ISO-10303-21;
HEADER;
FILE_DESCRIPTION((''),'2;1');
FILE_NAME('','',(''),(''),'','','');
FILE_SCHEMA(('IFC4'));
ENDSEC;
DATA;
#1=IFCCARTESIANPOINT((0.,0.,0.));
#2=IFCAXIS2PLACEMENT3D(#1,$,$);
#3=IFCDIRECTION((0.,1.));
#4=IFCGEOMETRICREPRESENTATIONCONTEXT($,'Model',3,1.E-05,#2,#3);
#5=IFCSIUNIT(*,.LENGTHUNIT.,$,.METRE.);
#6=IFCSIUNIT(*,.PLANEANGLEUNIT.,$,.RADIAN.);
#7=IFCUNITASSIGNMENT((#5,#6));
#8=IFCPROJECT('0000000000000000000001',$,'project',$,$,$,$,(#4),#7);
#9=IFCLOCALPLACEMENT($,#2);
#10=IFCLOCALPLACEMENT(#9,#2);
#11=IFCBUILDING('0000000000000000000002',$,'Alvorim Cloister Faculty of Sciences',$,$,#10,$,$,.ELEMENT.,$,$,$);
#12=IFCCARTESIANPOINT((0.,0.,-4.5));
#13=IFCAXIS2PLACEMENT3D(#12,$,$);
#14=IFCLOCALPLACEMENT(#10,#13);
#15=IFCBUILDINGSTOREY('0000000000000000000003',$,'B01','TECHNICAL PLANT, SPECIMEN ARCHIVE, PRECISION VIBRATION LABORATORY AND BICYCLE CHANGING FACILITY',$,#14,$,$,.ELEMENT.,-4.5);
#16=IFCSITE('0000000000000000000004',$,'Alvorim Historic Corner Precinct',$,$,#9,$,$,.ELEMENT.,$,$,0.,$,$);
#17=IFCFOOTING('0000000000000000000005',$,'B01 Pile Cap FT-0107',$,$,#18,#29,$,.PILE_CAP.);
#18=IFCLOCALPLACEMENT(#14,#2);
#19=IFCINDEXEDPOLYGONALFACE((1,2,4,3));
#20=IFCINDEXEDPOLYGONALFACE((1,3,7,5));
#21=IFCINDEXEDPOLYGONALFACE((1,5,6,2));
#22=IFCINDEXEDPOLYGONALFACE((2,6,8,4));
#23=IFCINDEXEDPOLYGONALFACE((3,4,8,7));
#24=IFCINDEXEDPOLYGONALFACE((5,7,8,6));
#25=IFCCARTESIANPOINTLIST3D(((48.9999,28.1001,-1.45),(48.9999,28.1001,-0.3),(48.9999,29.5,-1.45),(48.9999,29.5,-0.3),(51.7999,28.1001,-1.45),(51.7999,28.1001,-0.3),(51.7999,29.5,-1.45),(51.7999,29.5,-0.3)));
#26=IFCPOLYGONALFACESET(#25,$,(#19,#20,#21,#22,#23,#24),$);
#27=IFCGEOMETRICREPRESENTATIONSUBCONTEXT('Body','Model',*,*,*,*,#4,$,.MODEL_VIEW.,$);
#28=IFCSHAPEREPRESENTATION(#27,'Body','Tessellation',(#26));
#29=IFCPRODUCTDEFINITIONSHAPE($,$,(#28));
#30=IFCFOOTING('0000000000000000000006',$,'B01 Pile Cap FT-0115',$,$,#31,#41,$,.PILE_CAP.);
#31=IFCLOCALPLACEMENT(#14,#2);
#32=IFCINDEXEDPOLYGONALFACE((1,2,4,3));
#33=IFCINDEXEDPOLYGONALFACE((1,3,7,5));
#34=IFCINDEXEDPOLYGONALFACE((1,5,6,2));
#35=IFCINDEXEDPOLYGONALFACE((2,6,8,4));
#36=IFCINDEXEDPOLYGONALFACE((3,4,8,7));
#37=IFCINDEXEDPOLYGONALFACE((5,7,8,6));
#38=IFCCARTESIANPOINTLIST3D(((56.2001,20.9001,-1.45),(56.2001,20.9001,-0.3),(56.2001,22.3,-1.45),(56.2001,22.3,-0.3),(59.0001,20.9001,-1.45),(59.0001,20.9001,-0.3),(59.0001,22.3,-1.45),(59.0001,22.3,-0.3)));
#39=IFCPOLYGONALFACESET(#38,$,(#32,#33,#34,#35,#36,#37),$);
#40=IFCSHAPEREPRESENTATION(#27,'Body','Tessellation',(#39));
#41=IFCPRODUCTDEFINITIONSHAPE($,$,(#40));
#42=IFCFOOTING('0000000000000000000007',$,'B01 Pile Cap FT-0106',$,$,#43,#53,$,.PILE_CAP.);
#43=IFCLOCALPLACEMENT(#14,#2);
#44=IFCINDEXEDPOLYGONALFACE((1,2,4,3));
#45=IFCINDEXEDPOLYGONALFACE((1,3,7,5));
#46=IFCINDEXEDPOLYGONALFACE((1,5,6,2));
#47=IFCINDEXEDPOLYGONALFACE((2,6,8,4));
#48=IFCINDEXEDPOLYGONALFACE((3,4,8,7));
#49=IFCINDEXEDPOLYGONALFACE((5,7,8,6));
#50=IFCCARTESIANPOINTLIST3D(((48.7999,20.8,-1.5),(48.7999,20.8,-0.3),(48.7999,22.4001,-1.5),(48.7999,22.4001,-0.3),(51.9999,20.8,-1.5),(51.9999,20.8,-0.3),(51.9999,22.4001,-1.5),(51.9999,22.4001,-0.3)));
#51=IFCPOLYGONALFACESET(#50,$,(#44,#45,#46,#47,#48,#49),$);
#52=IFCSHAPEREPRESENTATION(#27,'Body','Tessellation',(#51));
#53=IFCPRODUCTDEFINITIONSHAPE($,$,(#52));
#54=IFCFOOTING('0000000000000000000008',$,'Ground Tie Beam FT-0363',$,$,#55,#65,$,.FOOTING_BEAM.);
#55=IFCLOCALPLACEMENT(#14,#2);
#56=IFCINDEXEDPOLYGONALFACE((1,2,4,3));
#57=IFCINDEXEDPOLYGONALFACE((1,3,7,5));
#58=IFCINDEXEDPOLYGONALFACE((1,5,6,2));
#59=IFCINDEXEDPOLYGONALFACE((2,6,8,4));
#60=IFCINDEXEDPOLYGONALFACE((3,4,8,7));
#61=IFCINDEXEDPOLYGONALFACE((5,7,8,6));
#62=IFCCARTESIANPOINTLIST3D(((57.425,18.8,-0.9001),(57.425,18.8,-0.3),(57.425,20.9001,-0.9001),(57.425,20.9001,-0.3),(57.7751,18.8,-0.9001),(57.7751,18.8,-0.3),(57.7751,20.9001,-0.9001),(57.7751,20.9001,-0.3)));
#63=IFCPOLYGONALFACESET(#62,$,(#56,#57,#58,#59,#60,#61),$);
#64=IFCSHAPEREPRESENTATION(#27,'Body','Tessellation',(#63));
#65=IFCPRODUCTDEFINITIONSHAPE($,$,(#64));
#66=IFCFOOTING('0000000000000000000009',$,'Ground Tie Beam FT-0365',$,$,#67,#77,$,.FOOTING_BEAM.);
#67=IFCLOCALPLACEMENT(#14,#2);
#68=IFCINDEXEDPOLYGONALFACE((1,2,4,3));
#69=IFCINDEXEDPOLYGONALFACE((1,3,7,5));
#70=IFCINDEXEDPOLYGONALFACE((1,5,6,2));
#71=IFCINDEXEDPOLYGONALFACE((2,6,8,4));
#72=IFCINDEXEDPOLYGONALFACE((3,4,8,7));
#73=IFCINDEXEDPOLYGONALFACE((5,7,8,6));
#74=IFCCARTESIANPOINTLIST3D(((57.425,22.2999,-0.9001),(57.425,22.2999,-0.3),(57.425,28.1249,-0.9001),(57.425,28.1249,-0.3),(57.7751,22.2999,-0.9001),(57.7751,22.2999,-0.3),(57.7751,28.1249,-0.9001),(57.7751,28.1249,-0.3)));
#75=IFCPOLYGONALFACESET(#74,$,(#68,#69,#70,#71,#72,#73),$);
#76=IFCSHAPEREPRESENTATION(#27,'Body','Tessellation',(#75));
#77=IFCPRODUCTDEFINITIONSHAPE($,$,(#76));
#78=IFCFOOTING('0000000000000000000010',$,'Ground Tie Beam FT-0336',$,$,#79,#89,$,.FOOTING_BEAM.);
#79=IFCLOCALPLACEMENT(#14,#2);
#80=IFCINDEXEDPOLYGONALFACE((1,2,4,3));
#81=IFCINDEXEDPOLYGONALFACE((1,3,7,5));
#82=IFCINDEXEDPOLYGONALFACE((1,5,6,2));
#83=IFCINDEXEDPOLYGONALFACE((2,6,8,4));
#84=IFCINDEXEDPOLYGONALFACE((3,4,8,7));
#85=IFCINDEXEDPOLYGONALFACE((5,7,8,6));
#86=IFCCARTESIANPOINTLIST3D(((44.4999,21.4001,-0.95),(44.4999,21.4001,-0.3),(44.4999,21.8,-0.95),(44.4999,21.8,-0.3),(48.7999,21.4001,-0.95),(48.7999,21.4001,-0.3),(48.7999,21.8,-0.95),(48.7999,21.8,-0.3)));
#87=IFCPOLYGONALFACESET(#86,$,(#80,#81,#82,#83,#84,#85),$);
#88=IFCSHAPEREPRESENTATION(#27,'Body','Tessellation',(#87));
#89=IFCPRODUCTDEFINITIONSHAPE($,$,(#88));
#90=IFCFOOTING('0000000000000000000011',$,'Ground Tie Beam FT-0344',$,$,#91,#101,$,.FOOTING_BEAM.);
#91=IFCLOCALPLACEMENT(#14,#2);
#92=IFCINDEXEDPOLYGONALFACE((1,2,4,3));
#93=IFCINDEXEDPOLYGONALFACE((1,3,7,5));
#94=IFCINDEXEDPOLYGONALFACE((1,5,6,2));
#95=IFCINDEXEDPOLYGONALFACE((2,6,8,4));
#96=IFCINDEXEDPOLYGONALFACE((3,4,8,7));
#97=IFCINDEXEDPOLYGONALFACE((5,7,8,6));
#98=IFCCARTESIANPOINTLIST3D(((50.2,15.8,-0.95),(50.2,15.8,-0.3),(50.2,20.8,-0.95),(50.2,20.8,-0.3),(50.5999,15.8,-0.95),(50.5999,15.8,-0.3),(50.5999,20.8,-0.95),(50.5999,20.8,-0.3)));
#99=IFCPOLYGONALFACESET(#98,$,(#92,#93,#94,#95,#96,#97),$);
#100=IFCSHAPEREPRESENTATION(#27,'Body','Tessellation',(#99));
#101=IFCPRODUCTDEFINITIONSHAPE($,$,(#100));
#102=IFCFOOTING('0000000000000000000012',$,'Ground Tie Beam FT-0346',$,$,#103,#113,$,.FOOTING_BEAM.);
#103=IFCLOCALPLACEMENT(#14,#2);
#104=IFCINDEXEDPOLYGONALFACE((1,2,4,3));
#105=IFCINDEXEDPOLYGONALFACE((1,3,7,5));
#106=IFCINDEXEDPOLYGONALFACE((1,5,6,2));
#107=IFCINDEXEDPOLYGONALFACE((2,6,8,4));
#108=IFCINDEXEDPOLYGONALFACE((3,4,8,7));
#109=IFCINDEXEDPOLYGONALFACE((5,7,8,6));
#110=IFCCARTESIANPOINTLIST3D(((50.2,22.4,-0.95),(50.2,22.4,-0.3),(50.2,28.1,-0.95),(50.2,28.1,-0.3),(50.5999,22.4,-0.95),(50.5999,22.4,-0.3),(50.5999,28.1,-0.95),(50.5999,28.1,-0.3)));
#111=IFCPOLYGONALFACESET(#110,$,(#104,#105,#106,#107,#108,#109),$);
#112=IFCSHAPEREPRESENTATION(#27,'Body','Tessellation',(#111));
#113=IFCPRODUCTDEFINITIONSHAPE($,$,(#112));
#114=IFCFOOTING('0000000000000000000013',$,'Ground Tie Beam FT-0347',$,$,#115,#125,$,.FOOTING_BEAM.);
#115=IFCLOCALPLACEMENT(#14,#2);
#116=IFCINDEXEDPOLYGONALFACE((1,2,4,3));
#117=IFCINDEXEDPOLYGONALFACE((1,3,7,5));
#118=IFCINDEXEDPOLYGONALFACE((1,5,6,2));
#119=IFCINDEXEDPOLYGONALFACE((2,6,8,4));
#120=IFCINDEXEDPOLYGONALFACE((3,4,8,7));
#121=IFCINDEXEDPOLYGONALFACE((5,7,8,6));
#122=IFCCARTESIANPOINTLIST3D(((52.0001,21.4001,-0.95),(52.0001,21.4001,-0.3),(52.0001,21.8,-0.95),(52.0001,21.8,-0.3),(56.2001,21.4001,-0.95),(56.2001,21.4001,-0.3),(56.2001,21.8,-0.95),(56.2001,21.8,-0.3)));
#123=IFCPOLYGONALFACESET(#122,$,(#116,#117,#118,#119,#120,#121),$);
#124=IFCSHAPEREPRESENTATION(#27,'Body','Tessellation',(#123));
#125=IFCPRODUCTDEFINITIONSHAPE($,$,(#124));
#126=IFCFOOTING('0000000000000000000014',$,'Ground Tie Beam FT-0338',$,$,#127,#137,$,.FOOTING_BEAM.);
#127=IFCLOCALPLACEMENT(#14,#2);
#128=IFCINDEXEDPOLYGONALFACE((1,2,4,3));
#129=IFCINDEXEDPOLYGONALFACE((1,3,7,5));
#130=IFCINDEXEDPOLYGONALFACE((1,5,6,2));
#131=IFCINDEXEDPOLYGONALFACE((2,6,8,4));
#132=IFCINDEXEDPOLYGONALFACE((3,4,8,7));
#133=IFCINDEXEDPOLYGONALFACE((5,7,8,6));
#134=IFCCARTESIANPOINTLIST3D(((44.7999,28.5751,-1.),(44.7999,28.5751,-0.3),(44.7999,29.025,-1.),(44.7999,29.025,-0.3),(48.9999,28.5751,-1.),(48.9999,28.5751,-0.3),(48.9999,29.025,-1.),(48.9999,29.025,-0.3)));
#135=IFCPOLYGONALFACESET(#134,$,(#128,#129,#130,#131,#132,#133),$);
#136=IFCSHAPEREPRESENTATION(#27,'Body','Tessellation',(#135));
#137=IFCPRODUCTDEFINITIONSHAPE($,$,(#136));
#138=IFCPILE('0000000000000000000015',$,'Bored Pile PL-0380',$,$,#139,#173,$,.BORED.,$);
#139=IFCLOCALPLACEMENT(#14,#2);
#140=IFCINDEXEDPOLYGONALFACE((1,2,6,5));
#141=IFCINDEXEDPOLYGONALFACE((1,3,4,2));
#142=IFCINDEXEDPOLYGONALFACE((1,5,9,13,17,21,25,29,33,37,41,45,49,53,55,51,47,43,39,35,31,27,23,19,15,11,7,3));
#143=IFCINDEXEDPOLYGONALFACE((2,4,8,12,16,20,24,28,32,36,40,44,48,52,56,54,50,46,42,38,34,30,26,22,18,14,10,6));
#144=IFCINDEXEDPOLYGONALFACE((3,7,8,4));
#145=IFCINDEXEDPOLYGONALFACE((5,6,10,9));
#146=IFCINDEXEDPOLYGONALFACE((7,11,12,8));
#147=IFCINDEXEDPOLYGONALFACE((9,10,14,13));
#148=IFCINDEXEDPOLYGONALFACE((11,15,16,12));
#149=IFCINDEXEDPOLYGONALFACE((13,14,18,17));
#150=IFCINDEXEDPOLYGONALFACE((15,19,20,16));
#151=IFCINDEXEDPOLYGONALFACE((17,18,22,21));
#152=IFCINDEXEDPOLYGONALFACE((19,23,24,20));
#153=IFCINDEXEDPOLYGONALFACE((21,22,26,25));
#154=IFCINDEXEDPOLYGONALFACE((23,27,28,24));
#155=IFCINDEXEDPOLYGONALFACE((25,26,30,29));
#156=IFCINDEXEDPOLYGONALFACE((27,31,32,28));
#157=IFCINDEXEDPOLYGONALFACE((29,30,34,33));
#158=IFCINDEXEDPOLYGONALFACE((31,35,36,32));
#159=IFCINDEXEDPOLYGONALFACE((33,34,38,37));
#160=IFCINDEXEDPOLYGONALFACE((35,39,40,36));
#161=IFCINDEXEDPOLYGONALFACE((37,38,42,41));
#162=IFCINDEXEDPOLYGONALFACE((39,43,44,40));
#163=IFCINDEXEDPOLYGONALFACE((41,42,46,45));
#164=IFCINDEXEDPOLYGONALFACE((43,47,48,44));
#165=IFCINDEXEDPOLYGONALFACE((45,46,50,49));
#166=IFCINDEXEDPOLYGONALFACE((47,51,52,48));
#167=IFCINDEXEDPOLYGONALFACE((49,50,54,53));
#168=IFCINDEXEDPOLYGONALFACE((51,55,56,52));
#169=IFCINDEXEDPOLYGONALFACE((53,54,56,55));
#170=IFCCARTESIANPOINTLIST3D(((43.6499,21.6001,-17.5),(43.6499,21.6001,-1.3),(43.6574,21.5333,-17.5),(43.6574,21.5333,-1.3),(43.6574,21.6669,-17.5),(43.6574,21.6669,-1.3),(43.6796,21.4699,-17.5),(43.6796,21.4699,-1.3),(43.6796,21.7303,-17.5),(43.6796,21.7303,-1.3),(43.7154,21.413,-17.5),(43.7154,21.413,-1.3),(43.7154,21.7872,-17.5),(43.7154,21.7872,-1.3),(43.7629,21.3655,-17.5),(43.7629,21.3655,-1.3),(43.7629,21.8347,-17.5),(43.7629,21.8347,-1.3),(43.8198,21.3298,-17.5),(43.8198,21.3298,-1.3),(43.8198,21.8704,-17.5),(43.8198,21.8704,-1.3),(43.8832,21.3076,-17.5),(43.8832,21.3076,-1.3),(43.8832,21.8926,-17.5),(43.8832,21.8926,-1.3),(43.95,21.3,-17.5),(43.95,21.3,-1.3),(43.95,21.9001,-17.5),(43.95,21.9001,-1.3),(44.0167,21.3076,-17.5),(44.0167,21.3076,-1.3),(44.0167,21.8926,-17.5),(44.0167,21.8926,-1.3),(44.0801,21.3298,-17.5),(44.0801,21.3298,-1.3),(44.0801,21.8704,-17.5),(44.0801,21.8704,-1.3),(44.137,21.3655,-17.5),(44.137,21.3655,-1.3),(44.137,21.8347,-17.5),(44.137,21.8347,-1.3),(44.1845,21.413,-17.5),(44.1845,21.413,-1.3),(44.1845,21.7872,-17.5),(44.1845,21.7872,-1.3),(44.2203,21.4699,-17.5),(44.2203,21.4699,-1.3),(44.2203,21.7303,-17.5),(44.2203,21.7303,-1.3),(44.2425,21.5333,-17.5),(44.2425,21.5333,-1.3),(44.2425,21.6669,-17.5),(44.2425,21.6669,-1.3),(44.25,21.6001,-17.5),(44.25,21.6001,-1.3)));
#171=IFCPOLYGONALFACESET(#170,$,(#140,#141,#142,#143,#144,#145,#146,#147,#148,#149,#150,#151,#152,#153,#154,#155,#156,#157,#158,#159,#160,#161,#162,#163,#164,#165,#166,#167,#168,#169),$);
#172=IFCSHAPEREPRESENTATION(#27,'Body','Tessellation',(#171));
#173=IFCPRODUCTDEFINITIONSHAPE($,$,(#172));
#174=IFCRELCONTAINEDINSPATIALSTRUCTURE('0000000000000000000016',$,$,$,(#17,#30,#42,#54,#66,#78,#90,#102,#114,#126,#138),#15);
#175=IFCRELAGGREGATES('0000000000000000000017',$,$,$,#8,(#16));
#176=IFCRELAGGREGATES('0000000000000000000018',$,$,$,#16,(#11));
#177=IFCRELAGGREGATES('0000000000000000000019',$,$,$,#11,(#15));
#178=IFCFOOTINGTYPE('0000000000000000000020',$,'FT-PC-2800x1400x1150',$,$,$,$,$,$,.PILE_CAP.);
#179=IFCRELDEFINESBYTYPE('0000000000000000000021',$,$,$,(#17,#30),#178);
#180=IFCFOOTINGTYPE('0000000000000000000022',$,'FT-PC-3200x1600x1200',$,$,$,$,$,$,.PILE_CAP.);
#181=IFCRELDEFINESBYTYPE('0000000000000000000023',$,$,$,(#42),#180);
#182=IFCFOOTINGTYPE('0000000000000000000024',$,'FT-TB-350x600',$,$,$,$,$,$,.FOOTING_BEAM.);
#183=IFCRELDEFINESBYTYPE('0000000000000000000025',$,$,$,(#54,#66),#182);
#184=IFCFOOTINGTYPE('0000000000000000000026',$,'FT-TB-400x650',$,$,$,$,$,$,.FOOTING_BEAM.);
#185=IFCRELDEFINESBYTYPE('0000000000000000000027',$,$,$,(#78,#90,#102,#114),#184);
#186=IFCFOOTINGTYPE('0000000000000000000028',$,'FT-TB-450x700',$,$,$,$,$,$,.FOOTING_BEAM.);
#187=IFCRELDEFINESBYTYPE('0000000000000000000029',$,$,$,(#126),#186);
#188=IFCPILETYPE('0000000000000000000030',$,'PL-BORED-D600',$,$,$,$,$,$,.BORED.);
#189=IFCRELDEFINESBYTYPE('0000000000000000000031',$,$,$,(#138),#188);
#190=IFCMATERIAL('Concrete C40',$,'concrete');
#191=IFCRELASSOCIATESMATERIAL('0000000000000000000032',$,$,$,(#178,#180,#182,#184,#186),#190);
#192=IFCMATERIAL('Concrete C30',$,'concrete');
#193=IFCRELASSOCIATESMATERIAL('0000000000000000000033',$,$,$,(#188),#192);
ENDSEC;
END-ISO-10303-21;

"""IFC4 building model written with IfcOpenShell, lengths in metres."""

from ifc_helpers import new_model, si_unit, direction, frame, origin, origin_2d, place, context, subcontext, project, spatial, rectangle, circle, extrude, material, material_profile, profile_set, type_object, element, save


model = new_model("IFC4")

# Units and contexts
model_context = context("Model", 3, precision=1e-05, world=origin(), true_north=direction((0.0, 1.0)))
body_context = subcontext(model_context, "Body", "Model", "MODEL_VIEW")
ifc_project = project(units=[si_unit("LENGTHUNIT", "METRE"), si_unit("PLANEANGLEUNIT", "RADIAN")], contexts=[model_context])

# Site, building, storey
site_placement = place(None, origin())
site = spatial("IfcSite", under=ifc_project, at=site_placement, Name="Alvorim Historic Corner Precinct", CompositionType="ELEMENT", RefElevation=0.0)
building_placement = place(site_placement, origin())
building = spatial("IfcBuilding", under=site, at=building_placement, Name="Alvorim Cloister Faculty of Sciences", CompositionType="ELEMENT")
storey_placement = place(building_placement, frame((0.0, 0.0, -4.5)))
storey = spatial("IfcBuildingStorey", under=building, at=storey_placement, Name="B01", Description="TECHNICAL PLANT, SPECIMEN ARCHIVE, PRECISION VIBRATION LABORATORY AND BICYCLE CHANGING FACILITY", CompositionType="ELEMENT", Elevation=-4.5)

# Footings
ifc_material_1 = material(Name="Concrete C40", Category="concrete")
footing_type_1 = type_object("IfcFootingType", Name="FT-PC-2800x1400x1150", PredefinedType="PILE_CAP", material=ifc_material_1)
for number, where, z_axis, x_axis, name in (
    (1, (50.3999, 28.8, -1.45), (0.0, 0.0, 1.0), (1.0, 0.0, 0.0), "B01 Pile Cap FT-0107"),
    (2, (57.6001, 21.6001, -1.45), (0.0, 0.0, 1.0), (1.0, 0.0, 0.0), "B01 Pile Cap FT-0115"),
):
    element("IfcFooting", number, at=place(storey_placement, frame(where, z_axis=z_axis, x_axis=x_axis)), inside=storey, type_object=footing_type_1, Name=name, PredefinedType="PILE_CAP", context=body_context, shape_type="SweptSolid", body=[
        extrude(rectangle(XDim=2.8, YDim=1.3999, at=origin_2d()), origin(), (0.0, 0.0, 1.0), 1.1499),
    ])
footing_type_2 = type_object("IfcFootingType", Name="FT-PC-3200x1600x1200", PredefinedType="PILE_CAP", material=ifc_material_1)
footing_1_placement = place(storey_placement, frame((50.3999, 21.6001, -1.5), z_axis=(0.0, 0.0, 1.0), x_axis=(1.0, 0.0, 0.0)))
element("IfcFooting", 3, at=footing_1_placement, inside=storey, type_object=footing_type_2, Name="B01 Pile Cap FT-0106", PredefinedType="PILE_CAP", context=body_context, shape_type="SweptSolid", body=[
    extrude(rectangle(XDim=3.2, YDim=1.6001, at=origin_2d()), origin(), (0.0, 0.0, 1.0), 1.2),
])
footing_type_3 = type_object("IfcFootingType", Name="FT-TB-350x600", PredefinedType="FOOTING_BEAM", material=ifc_material_1)
footing_2_placement = place(storey_placement, frame((57.6001, 19.8501, -0.9001), z_axis=(0.0, 0.0, 1.0), x_axis=(1.0, 0.0, 0.0)))
element("IfcFooting", 4, at=footing_2_placement, inside=storey, type_object=footing_type_3, Name="Ground Tie Beam FT-0363", PredefinedType="FOOTING_BEAM", context=body_context, shape_type="SweptSolid", body=[
    extrude(rectangle(XDim=0.3501, YDim=2.1001, at=origin_2d()), origin(), (0.0, 0.0, 1.0), 0.6001),
])
footing_3_placement = place(storey_placement, frame((57.6001, 25.2124, -0.9001), z_axis=(0.0, 0.0, 1.0), x_axis=(1.0, 0.0, 0.0)))
element("IfcFooting", 5, at=footing_3_placement, inside=storey, type_object=footing_type_3, Name="Ground Tie Beam FT-0365", PredefinedType="FOOTING_BEAM", context=body_context, shape_type="SweptSolid", body=[
    extrude(rectangle(XDim=0.3501, YDim=5.825, at=origin_2d()), origin(), (0.0, 0.0, 1.0), 0.6001),
])
footing_type_4 = type_object("IfcFootingType", Name="FT-TB-400x650", PredefinedType="FOOTING_BEAM", material=ifc_material_1)
footing_4_placement = place(storey_placement, frame((46.6499, 21.6001, -0.95), z_axis=(0.0, 0.0, 1.0), x_axis=(1.0, 0.0, 0.0)))
element("IfcFooting", 6, at=footing_4_placement, inside=storey, type_object=footing_type_4, Name="Ground Tie Beam FT-0336", PredefinedType="FOOTING_BEAM", context=body_context, shape_type="SweptSolid", body=[
    extrude(rectangle(XDim=4.3, YDim=0.3999, at=origin_2d()), origin(), (0.0, 0.0, 1.0), 0.6499),
])
footing_5_placement = place(storey_placement, frame((50.3999, 18.3, -0.95), z_axis=(0.0, 0.0, 1.0), x_axis=(1.0, 0.0, 0.0)))
element("IfcFooting", 7, at=footing_5_placement, inside=storey, type_object=footing_type_4, Name="Ground Tie Beam FT-0344", PredefinedType="FOOTING_BEAM", context=body_context, shape_type="SweptSolid", body=[
    extrude(rectangle(XDim=0.3999, YDim=5.0, at=origin_2d()), origin(), (0.0, 0.0, 1.0), 0.6499),
])
footing_6_placement = place(storey_placement, frame((50.3999, 25.25, -0.95), z_axis=(0.0, 0.0, 1.0), x_axis=(1.0, 0.0, 0.0)))
element("IfcFooting", 8, at=footing_6_placement, inside=storey, type_object=footing_type_4, Name="Ground Tie Beam FT-0346", PredefinedType="FOOTING_BEAM", context=body_context, shape_type="SweptSolid", body=[
    extrude(rectangle(XDim=0.3999, YDim=5.7, at=origin_2d()), origin(), (0.0, 0.0, 1.0), 0.6499),
])
footing_7_placement = place(storey_placement, frame((54.1001, 21.6001, -0.95), z_axis=(0.0, 0.0, 1.0), x_axis=(1.0, 0.0, 0.0)))
element("IfcFooting", 9, at=footing_7_placement, inside=storey, type_object=footing_type_4, Name="Ground Tie Beam FT-0347", PredefinedType="FOOTING_BEAM", context=body_context, shape_type="SweptSolid", body=[
    extrude(rectangle(XDim=4.2, YDim=0.3999, at=origin_2d()), origin(), (0.0, 0.0, 1.0), 0.6499),
])
footing_type_5 = type_object("IfcFootingType", Name="FT-TB-450x700", PredefinedType="FOOTING_BEAM", material=ifc_material_1)
footing_8_placement = place(storey_placement, frame((46.8999, 28.8, -1.0), z_axis=(0.0, 0.0, 1.0), x_axis=(1.0, 0.0, 0.0)))
element("IfcFooting", 10, at=footing_8_placement, inside=storey, type_object=footing_type_5, Name="Ground Tie Beam FT-0338", PredefinedType="FOOTING_BEAM", context=body_context, shape_type="SweptSolid", body=[
    extrude(rectangle(XDim=4.2, YDim=0.45, at=origin_2d()), origin(), (0.0, 0.0, 1.0), 0.7),
])

# Pile
ifc_material_2 = material(Name="Concrete C30", Category="concrete")
ifc_material_profile_1 = material_profile(ifc_material_2, circle(Radius=0.3, at=origin_2d()), Name="PILE-D600")
ifc_profile_set_1 = profile_set([ifc_material_profile_1], Name="Concrete C30")
pile_type_1 = type_object("IfcPileType", Name="PL-BORED-D600", PredefinedType="BORED", material=ifc_profile_set_1)
pile_placement = place(storey_placement, frame((43.95, 21.6001, -1.3), z_axis=(0.0, 0.0, -1.0), x_axis=(1.0, 0.0, 0.0)))
element("IfcPile", 11, at=pile_placement, inside=storey, type_object=pile_type_1, Name="Bored Pile PL-0380", PredefinedType="BORED", context=body_context, shape_type="SweptSolid", body=[
    extrude(circle(Radius=0.3, at=origin_2d()), origin(), (0.0, 0.0, 1.0), 16.2),
])

save(model, "model.ifc")
